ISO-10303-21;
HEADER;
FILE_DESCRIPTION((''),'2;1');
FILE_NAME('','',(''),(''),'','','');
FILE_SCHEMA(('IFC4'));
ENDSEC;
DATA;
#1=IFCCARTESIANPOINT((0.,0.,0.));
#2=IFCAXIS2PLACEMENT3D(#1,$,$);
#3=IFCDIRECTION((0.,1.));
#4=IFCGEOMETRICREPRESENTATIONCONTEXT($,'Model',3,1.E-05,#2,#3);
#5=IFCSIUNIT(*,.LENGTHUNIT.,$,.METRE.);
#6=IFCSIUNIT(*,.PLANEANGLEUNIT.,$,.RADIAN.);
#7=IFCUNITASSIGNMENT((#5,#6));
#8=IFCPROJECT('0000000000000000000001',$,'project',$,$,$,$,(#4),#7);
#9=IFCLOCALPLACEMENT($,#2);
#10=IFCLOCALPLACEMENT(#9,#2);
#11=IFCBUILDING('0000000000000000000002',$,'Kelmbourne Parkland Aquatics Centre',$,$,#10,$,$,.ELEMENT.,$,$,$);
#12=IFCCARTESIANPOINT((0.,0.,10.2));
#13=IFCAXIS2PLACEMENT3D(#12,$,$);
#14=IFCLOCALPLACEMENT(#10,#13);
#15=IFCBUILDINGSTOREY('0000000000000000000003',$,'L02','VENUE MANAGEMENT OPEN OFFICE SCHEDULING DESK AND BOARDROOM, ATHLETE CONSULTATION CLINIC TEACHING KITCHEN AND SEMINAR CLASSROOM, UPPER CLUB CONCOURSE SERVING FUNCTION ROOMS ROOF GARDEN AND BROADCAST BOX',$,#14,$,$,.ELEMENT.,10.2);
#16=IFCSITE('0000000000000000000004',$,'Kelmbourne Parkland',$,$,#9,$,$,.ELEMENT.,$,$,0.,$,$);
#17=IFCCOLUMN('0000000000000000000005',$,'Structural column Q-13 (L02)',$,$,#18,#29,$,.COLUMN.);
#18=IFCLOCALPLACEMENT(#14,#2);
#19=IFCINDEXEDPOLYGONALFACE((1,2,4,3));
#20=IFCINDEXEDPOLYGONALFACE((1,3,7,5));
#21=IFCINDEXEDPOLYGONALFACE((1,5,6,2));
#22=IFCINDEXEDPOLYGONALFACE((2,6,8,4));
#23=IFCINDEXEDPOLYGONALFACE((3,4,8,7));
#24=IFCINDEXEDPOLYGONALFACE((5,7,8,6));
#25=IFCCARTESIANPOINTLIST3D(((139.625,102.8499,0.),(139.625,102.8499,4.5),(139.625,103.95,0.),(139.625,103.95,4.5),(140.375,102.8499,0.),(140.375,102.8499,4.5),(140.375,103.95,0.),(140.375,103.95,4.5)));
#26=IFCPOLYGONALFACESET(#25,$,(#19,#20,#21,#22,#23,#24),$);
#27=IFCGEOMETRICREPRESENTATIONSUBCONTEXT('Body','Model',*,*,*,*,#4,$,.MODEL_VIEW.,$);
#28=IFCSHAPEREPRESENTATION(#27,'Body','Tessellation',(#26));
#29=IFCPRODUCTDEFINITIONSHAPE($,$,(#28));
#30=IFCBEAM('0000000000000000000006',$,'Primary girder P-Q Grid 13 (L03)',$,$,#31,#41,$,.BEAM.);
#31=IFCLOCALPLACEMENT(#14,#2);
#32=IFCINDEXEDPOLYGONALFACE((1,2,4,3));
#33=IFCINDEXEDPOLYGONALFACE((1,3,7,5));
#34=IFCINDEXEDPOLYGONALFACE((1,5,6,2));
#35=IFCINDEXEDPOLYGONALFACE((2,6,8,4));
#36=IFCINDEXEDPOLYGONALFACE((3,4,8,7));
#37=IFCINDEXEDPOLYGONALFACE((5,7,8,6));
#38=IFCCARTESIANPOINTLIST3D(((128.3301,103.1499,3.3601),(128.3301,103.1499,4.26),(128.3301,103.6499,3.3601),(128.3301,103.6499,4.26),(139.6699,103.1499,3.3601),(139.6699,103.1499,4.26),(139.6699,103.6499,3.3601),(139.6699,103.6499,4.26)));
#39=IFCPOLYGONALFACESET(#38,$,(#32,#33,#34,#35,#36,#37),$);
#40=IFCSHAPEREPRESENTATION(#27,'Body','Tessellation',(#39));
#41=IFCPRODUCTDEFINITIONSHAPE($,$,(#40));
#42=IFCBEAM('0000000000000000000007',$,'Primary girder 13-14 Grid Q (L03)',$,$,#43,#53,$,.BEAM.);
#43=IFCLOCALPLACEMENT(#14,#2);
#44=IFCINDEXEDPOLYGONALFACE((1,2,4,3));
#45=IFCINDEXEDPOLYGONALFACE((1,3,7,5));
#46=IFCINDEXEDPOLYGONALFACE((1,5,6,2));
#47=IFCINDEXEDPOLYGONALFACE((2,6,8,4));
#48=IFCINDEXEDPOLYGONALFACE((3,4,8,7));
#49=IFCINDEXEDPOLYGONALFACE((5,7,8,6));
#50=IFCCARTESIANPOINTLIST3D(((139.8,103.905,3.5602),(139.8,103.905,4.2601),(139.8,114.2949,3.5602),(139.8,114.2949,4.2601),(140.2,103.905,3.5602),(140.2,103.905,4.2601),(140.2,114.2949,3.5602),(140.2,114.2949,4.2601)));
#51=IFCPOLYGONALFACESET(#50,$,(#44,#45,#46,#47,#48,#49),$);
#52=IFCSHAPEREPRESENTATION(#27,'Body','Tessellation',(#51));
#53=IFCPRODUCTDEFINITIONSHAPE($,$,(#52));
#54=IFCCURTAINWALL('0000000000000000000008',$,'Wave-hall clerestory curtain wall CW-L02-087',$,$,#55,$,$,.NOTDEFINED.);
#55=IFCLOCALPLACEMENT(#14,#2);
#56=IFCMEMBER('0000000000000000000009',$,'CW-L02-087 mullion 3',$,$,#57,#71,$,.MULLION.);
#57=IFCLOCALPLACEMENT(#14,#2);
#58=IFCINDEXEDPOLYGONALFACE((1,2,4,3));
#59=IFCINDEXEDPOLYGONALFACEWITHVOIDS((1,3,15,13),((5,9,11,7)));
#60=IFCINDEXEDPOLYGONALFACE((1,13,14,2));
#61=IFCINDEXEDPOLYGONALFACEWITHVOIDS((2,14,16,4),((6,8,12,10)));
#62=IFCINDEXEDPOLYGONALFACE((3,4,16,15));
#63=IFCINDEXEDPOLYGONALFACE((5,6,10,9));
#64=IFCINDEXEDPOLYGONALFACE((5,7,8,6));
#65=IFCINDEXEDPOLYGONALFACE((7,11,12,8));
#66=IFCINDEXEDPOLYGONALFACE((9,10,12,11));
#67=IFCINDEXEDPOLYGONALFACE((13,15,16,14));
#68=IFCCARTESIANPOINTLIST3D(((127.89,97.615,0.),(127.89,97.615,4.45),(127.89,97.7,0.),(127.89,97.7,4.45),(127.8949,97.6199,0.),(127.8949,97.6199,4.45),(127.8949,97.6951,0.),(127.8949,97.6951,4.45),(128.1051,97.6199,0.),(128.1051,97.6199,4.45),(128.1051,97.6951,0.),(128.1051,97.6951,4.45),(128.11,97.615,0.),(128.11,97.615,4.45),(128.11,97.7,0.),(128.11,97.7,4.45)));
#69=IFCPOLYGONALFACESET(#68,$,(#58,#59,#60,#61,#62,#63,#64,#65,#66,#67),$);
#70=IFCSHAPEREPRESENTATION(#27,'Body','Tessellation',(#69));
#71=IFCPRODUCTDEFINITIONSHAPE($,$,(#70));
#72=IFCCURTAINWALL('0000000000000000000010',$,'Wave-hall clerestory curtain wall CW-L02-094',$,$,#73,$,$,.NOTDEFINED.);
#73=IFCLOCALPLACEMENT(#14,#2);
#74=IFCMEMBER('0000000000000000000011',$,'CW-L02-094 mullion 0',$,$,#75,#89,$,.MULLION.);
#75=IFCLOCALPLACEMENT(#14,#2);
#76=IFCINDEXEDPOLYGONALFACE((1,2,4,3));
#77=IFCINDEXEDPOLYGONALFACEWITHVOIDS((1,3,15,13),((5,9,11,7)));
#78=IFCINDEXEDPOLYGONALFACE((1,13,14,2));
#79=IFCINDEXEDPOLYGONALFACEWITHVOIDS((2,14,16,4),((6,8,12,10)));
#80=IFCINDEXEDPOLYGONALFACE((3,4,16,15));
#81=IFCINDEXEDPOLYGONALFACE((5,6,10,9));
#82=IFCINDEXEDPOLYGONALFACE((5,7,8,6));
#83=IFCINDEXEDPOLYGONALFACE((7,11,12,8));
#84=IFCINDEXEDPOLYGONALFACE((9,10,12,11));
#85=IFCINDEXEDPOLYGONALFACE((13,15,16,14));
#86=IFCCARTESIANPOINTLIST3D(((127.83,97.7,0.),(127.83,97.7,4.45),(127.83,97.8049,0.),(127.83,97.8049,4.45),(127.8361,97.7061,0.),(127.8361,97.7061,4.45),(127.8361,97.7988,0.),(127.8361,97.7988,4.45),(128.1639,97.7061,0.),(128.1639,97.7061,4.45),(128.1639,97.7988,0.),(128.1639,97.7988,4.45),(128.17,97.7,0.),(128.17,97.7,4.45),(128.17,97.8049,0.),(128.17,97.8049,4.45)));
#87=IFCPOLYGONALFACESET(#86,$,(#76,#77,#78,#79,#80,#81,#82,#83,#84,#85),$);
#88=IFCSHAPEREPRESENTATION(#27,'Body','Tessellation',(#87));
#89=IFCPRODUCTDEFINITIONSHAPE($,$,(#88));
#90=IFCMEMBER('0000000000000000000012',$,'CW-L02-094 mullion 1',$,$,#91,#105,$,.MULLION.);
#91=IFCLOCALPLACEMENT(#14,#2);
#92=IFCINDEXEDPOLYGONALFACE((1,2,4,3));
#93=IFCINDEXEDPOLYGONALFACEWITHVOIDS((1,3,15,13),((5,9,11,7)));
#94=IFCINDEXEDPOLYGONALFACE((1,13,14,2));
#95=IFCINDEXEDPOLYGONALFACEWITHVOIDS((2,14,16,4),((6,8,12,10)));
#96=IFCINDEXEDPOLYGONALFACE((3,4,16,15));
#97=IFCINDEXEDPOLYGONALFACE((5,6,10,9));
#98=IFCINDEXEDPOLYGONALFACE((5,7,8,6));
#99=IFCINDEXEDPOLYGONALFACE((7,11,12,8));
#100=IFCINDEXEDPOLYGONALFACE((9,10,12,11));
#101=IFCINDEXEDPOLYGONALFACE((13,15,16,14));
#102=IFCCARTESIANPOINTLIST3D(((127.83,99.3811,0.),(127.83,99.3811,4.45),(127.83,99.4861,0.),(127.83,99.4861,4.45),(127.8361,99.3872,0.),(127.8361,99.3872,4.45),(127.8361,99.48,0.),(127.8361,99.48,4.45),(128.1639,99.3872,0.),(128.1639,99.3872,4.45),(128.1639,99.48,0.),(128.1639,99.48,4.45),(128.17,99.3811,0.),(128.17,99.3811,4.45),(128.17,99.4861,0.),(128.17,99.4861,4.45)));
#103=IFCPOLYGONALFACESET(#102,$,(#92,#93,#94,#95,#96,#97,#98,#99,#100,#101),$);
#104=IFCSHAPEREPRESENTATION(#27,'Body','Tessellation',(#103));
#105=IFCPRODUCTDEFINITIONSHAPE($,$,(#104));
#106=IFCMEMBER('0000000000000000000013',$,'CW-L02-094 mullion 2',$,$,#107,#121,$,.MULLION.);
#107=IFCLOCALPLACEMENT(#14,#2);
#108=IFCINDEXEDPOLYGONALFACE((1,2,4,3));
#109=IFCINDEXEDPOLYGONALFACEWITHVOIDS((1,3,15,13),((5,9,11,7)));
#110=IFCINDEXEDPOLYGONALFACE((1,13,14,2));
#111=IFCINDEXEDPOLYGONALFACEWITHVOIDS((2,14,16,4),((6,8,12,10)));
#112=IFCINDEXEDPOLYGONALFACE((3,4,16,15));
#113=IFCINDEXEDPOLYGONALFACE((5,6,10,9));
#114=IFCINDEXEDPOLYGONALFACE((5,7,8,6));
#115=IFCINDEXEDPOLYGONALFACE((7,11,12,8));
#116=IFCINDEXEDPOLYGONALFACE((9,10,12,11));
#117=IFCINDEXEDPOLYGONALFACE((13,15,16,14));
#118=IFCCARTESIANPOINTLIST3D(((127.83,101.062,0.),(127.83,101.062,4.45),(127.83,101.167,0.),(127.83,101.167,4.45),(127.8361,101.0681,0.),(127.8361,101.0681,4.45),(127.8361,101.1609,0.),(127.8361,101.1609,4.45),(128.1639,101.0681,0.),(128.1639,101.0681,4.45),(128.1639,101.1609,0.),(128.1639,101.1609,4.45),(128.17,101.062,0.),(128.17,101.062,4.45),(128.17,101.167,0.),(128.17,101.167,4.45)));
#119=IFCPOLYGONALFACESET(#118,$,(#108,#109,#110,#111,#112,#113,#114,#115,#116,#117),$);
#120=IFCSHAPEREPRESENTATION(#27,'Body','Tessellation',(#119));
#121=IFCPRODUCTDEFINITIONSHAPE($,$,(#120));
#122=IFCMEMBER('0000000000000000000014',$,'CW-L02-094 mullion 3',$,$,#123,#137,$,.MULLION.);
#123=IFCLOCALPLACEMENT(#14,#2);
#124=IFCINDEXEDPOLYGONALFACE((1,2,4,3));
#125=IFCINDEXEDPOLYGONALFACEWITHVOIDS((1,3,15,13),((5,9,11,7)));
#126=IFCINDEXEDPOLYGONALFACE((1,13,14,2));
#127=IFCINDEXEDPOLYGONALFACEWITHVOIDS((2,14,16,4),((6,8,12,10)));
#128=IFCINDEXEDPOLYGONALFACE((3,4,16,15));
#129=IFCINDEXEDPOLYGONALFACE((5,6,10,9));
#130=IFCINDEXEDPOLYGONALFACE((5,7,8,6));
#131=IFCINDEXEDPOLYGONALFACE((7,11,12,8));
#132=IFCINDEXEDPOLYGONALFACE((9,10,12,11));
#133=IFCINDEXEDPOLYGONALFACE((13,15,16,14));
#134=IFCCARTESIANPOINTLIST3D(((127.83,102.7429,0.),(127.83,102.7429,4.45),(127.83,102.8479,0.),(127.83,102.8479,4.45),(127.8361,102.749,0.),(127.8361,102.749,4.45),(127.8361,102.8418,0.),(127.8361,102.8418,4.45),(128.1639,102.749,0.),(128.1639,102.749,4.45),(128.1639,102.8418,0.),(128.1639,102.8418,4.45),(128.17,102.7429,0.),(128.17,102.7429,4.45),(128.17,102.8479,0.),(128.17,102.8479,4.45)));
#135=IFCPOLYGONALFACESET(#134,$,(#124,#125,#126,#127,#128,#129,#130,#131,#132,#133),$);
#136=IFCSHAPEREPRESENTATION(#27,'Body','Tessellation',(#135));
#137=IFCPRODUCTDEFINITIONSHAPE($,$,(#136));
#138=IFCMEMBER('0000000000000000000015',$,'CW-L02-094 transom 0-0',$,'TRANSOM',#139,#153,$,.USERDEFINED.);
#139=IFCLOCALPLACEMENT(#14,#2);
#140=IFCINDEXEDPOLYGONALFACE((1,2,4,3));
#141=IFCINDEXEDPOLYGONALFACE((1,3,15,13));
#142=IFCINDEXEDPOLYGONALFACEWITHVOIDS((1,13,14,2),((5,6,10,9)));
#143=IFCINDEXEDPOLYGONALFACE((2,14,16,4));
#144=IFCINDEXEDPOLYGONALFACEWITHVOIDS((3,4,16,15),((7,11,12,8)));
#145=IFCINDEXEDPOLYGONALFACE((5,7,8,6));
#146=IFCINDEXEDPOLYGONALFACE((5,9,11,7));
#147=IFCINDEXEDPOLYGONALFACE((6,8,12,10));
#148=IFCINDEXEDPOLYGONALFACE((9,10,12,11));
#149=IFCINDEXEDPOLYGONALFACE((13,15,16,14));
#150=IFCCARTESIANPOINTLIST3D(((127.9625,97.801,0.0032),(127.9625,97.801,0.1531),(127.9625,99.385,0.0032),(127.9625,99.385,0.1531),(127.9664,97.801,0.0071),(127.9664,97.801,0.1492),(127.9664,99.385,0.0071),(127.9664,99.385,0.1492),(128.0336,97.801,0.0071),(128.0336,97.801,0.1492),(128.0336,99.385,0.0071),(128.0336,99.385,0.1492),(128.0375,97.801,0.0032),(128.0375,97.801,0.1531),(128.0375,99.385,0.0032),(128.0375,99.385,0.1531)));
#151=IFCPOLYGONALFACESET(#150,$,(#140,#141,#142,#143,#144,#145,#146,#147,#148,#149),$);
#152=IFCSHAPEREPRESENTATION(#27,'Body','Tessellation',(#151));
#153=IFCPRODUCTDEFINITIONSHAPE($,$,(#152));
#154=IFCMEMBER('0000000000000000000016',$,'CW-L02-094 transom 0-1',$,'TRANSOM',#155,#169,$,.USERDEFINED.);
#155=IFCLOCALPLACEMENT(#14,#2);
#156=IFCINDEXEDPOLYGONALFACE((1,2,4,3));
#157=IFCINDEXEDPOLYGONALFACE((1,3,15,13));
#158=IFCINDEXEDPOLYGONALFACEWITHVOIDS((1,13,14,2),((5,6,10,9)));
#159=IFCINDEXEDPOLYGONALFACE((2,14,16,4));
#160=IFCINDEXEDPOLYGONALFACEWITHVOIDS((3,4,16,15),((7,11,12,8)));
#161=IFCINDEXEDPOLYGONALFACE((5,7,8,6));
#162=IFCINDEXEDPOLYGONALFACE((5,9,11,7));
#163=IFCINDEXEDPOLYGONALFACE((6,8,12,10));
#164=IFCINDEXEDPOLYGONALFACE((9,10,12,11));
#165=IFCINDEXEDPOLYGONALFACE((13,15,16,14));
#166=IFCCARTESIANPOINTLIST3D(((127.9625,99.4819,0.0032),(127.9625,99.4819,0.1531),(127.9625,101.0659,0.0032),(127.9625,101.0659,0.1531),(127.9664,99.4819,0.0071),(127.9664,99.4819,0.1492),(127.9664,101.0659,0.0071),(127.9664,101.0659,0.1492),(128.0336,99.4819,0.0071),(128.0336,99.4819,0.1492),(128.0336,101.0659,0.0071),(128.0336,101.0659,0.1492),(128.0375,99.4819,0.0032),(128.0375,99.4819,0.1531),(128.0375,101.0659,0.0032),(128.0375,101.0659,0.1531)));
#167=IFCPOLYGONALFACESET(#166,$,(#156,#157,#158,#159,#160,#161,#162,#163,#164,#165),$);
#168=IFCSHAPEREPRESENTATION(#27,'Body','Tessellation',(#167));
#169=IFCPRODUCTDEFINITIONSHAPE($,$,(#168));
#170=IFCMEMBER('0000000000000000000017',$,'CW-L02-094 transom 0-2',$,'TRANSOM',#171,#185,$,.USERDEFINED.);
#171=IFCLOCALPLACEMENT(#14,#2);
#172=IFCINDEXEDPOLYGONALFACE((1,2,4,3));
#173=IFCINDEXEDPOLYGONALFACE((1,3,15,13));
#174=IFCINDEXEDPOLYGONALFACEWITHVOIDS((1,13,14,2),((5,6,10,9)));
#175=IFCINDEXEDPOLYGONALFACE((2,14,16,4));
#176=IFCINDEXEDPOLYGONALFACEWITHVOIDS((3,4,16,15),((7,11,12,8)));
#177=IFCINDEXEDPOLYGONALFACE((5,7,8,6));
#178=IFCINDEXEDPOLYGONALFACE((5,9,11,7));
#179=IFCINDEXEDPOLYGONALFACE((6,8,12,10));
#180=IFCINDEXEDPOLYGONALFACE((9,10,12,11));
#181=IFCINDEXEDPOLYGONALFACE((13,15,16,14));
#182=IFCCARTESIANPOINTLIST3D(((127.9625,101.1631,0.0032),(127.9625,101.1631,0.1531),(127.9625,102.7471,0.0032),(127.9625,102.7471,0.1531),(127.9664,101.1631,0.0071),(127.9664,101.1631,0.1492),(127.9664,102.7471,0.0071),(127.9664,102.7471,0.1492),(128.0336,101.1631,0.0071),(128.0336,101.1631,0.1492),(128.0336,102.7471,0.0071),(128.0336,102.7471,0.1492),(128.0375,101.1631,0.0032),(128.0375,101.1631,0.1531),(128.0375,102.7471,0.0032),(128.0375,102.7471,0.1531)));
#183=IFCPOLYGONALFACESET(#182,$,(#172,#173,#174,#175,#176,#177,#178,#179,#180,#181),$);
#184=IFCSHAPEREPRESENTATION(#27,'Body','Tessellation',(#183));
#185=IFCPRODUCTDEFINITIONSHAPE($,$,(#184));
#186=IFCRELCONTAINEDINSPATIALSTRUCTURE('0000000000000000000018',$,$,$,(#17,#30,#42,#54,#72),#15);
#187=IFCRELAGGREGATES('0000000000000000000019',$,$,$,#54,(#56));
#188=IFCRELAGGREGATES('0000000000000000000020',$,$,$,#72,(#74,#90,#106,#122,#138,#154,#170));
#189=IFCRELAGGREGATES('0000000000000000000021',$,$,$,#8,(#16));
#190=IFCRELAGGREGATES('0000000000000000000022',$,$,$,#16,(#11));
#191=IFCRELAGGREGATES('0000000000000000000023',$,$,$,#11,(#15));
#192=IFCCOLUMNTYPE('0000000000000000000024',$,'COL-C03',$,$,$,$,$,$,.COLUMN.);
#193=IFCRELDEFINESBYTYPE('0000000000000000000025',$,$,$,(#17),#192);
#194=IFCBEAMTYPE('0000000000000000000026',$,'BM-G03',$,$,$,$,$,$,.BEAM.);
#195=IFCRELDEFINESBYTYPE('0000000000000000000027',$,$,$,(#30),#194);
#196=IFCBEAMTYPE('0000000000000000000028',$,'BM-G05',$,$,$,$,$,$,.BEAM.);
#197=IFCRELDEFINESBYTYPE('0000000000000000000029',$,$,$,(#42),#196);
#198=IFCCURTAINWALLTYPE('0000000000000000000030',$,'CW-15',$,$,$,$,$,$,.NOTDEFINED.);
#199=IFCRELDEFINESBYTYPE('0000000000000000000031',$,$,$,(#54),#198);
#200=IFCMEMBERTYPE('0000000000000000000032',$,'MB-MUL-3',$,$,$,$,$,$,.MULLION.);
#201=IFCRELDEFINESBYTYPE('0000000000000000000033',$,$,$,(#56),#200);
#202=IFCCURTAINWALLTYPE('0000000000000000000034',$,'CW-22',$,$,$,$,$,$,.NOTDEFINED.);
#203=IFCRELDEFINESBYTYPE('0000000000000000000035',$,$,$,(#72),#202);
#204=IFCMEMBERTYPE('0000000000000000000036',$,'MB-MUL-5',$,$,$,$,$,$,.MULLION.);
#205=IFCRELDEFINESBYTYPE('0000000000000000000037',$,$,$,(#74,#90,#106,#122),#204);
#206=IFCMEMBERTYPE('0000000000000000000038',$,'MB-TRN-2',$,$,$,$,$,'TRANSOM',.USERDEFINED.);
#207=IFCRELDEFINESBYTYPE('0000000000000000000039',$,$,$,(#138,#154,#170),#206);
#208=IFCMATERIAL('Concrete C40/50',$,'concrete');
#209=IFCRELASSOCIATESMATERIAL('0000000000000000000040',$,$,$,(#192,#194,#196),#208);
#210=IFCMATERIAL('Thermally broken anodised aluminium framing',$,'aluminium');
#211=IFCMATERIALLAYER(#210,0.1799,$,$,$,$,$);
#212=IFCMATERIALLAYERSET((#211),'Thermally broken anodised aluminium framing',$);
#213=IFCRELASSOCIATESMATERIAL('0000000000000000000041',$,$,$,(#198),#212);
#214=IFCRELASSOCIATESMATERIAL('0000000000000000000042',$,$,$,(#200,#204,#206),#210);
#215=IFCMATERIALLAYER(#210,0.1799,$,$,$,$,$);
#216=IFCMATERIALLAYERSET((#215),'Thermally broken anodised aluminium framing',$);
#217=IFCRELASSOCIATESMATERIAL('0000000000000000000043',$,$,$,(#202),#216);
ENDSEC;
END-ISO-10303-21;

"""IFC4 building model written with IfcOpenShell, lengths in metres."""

from ifc_helpers import new_model, si_unit, direction, frame, origin, origin_2d, place, context, subcontext, project, spatial, rectangle, hollow_rectangle, extrude, material, layer, layer_set, material_profile, profile_set, type_object, element, aggregate, save


model = new_model("IFC4")

# Units and contexts
model_context = context("Model", 3, precision=1e-05, world=origin(), true_north=direction((0.0, 1.0)))
body_context = subcontext(model_context, "Body", "Model", "MODEL_VIEW")
ifc_project = project(units=[si_unit("LENGTHUNIT", "METRE"), si_unit("PLANEANGLEUNIT", "RADIAN")], contexts=[model_context])

# Site, building, storey
site_placement = place(None, origin())
site = spatial("IfcSite", under=ifc_project, at=site_placement, Name="Kelmbourne Parkland", CompositionType="ELEMENT", RefElevation=0.0)
building_placement = place(site_placement, origin())
building = spatial("IfcBuilding", under=site, at=building_placement, Name="Kelmbourne Parkland Aquatics Centre", CompositionType="ELEMENT")
storey_placement = place(building_placement, frame((0.0, 0.0, 10.2)))
storey = spatial("IfcBuildingStorey", under=building, at=storey_placement, Name="L02", Description="VENUE MANAGEMENT OPEN OFFICE SCHEDULING DESK AND BOARDROOM, ATHLETE CONSULTATION CLINIC TEACHING KITCHEN AND SEMINAR CLASSROOM, UPPER CLUB CONCOURSE SERVING FUNCTION ROOMS ROOF GARDEN AND BROADCAST BOX", CompositionType="ELEMENT", Elevation=10.2)

# Column
ifc_material_1 = material(Name="Concrete C40/50", Category="concrete")
ifc_material_profile_1 = material_profile(ifc_material_1, rectangle(XDim=0.75, YDim=1.1001, at=origin_2d()), Name="RC 750x1100")
ifc_profile_set_1 = profile_set([ifc_material_profile_1], Name="Concrete C40/50")
column_type = type_object("IfcColumnType", Name="COL-C03", PredefinedType="COLUMN", material=ifc_profile_set_1)
column_placement = place(storey_placement, frame((140.0, 103.3999, 0.0), z_axis=(0.0, 0.0, 1.0), x_axis=(1.0, 0.0, 0.0)))
element("IfcColumn", 1, at=column_placement, inside=storey, type_object=column_type, Name="Structural column Q-13 (L02)", PredefinedType="COLUMN", context=body_context, shape_type="SweptSolid", body=[
    extrude(rectangle(XDim=0.75, YDim=1.1001, at=origin_2d()), origin(), (0.0, 0.0, 1.0), 4.5),
])

# Beams
ifc_material_profile_2 = material_profile(ifc_material_1, rectangle(XDim=0.5, YDim=0.8999, at=origin_2d()), Name="RC 500x900")
ifc_profile_set_2 = profile_set([ifc_material_profile_2], Name="Concrete C40/50")
beam_type_1 = type_object("IfcBeamType", Name="BM-G03", PredefinedType="BEAM", material=ifc_profile_set_2)
beam_1_placement = place(storey_placement, frame((128.3301, 103.3999, 3.8101), z_axis=(1.0, 0.0, 0.0), x_axis=(0.0, 1.0, 0.0)))
element("IfcBeam", 2, at=beam_1_placement, inside=storey, type_object=beam_type_1, Name="Primary girder P-Q Grid 13 (L03)", PredefinedType="BEAM", context=body_context, shape_type="SweptSolid", body=[
    extrude(rectangle(XDim=0.5, YDim=0.8999, at=origin_2d()), origin(), (0.0, 0.0, 1.0), 11.3398),
])
ifc_material_profile_3 = material_profile(ifc_material_1, rectangle(XDim=0.3999, YDim=0.7, at=origin_2d()), Name="RC 400x700")
ifc_profile_set_3 = profile_set([ifc_material_profile_3], Name="Concrete C40/50")
beam_type_2 = type_object("IfcBeamType", Name="BM-G05", PredefinedType="BEAM", material=ifc_profile_set_3)
beam_2_placement = place(storey_placement, frame((140.0, 103.905, 3.9102), z_axis=(0.0, 1.0, 0.0), x_axis=(-1.0, 0.0, 0.0)))
element("IfcBeam", 3, at=beam_2_placement, inside=storey, type_object=beam_type_2, Name="Primary girder 13-14 Grid Q (L03)", PredefinedType="BEAM", context=body_context, shape_type="SweptSolid", body=[
    extrude(rectangle(XDim=0.3999, YDim=0.7, at=origin_2d()), origin(), (0.0, 0.0, 1.0), 10.3899),
])

# Curtain wall, member
ifc_material_2 = material(Name="Thermally broken anodised aluminium framing", Category="aluminium")
ifc_layer_1 = layer(ifc_material_2, 0.1799)
ifc_layer_set_1 = layer_set([ifc_layer_1], Name="Thermally broken anodised aluminium framing")
curtain_wall_type_1 = type_object("IfcCurtainWallType", Name="CW-15", PredefinedType="NOTDEFINED", material=ifc_layer_set_1)
curtain_wall_1_placement = place(storey_placement, origin())
curtain_wall_1 = element("IfcCurtainWall", 4, at=curtain_wall_1_placement, inside=storey, type_object=curtain_wall_type_1, Name="Wave-hall clerestory curtain wall CW-L02-087", PredefinedType="NOTDEFINED")
ifc_material_profile_4 = material_profile(ifc_material_2, hollow_rectangle(XDim=0.085, YDim=0.22, WallThickness=0.0049, at=origin_2d()), Name="CW-M 85x220")
ifc_profile_set_4 = profile_set([ifc_material_profile_4], Name="Thermally broken anodised aluminium framing")
member_type_1 = type_object("IfcMemberType", Name="MB-MUL-3", PredefinedType="MULLION", material=ifc_profile_set_4)
member_1_placement = place(storey_placement, frame((128.0, 97.6575, 0.0), z_axis=(0.0, 0.0, 1.0), x_axis=(0.0, 1.0, 0.0)))
member_1 = element("IfcMember", 5, at=member_1_placement, type_object=member_type_1, Name="CW-L02-087 mullion 3", PredefinedType="MULLION", context=body_context, shape_type="SweptSolid", body=[
    extrude(hollow_rectangle(XDim=0.085, YDim=0.22, WallThickness=0.0049, at=origin_2d()), origin(), (0.0, 0.0, 1.0), 4.45),
])

# Curtain wall, members
ifc_layer_2 = layer(ifc_material_2, 0.1799)
ifc_layer_set_2 = layer_set([ifc_layer_2], Name="Thermally broken anodised aluminium framing")
curtain_wall_type_2 = type_object("IfcCurtainWallType", Name="CW-22", PredefinedType="NOTDEFINED", material=ifc_layer_set_2)
curtain_wall_2_placement = place(storey_placement, origin())
curtain_wall_2 = element("IfcCurtainWall", 6, at=curtain_wall_2_placement, inside=storey, type_object=curtain_wall_type_2, Name="Wave-hall clerestory curtain wall CW-L02-094", PredefinedType="NOTDEFINED")
ifc_material_profile_5 = material_profile(ifc_material_2, hollow_rectangle(XDim=0.105, YDim=0.3401, WallThickness=0.0061, at=origin_2d()), Name="CW-M 105x340")
ifc_profile_set_5 = profile_set([ifc_material_profile_5], Name="Thermally broken anodised aluminium framing")
member_type_2 = type_object("IfcMemberType", Name="MB-MUL-5", PredefinedType="MULLION", material=ifc_profile_set_5)
member_2_placement = place(storey_placement, frame((128.0, 97.7524, 0.0), z_axis=(0.0, 0.0, 1.0), x_axis=(0.0, 1.0, 0.0)))
member_2 = element("IfcMember", 7, at=member_2_placement, type_object=member_type_2, Name="CW-L02-094 mullion 0", PredefinedType="MULLION", context=body_context, shape_type="SweptSolid", body=[
    extrude(hollow_rectangle(XDim=0.105, YDim=0.3401, WallThickness=0.0061, at=origin_2d()), origin(), (0.0, 0.0, 1.0), 4.45),
])
member_3_placement = place(storey_placement, frame((128.0, 99.4336, 0.0), z_axis=(0.0, 0.0, 1.0), x_axis=(0.0, 1.0, 0.0)))
member_3 = element("IfcMember", 8, at=member_3_placement, type_object=member_type_2, Name="CW-L02-094 mullion 1", PredefinedType="MULLION", context=body_context, shape_type="SweptSolid", body=[
    extrude(hollow_rectangle(XDim=0.105, YDim=0.3401, WallThickness=0.0061, at=origin_2d()), origin(), (0.0, 0.0, 1.0), 4.45),
])
member_4_placement = place(storey_placement, frame((128.0, 101.1145, 0.0), z_axis=(0.0, 0.0, 1.0), x_axis=(0.0, 1.0, 0.0)))
member_4 = element("IfcMember", 9, at=member_4_placement, type_object=member_type_2, Name="CW-L02-094 mullion 2", PredefinedType="MULLION", context=body_context, shape_type="SweptSolid", body=[
    extrude(hollow_rectangle(XDim=0.105, YDim=0.3401, WallThickness=0.0061, at=origin_2d()), origin(), (0.0, 0.0, 1.0), 4.45),
])
member_5_placement = place(storey_placement, frame((128.0, 102.7954, 0.0), z_axis=(0.0, 0.0, 1.0), x_axis=(0.0, 1.0, 0.0)))
member_5 = element("IfcMember", 10, at=member_5_placement, type_object=member_type_2, Name="CW-L02-094 mullion 3", PredefinedType="MULLION", context=body_context, shape_type="SweptSolid", body=[
    extrude(hollow_rectangle(XDim=0.105, YDim=0.3401, WallThickness=0.0061, at=origin_2d()), origin(), (0.0, 0.0, 1.0), 4.45),
])
ifc_material_profile_6 = material_profile(ifc_material_2, hollow_rectangle(XDim=0.075, YDim=0.1499, WallThickness=0.0039, at=origin_2d()), Name="CW-T 75x150")
ifc_profile_set_6 = profile_set([ifc_material_profile_6], Name="Thermally broken anodised aluminium framing")
member_type_3 = type_object("IfcMemberType", Name="MB-TRN-2", ElementType="TRANSOM", PredefinedType="USERDEFINED", material=ifc_profile_set_6)
member_6_placement = place(storey_placement, frame((128.0, 97.801, 0.0781), z_axis=(0.0, 1.0, 0.0), x_axis=(-1.0, 0.0, 0.0)))
member_6 = element("IfcMember", 11, at=member_6_placement, type_object=member_type_3, Name="CW-L02-094 transom 0-0", ObjectType="TRANSOM", PredefinedType="USERDEFINED", context=body_context, shape_type="SweptSolid", body=[
    extrude(hollow_rectangle(XDim=0.075, YDim=0.1499, WallThickness=0.0039, at=origin_2d()), origin(), (0.0, 0.0, 1.0), 1.584),
])
member_7_placement = place(storey_placement, frame((128.0, 99.4819, 0.0781), z_axis=(0.0, 1.0, 0.0), x_axis=(-1.0, 0.0, 0.0)))
member_7 = element("IfcMember", 12, at=member_7_placement, type_object=member_type_3, Name="CW-L02-094 transom 0-1", ObjectType="TRANSOM", PredefinedType="USERDEFINED", context=body_context, shape_type="SweptSolid", body=[
    extrude(hollow_rectangle(XDim=0.075, YDim=0.1499, WallThickness=0.0039, at=origin_2d()), origin(), (0.0, 0.0, 1.0), 1.584),
])
member_8_placement = place(storey_placement, frame((128.0, 101.1631, 0.0781), z_axis=(0.0, 1.0, 0.0), x_axis=(-1.0, 0.0, 0.0)))
member_8 = element("IfcMember", 13, at=member_8_placement, type_object=member_type_3, Name="CW-L02-094 transom 0-2", ObjectType="TRANSOM", PredefinedType="USERDEFINED", context=body_context, shape_type="SweptSolid", body=[
    extrude(hollow_rectangle(XDim=0.075, YDim=0.1499, WallThickness=0.0039, at=origin_2d()), origin(), (0.0, 0.0, 1.0), 1.584),
])

aggregate(curtain_wall_1, [member_1])
aggregate(curtain_wall_2, [member_2, member_3, member_4, member_5, member_6, member_7, member_8])

save(model, "model.ifc")
